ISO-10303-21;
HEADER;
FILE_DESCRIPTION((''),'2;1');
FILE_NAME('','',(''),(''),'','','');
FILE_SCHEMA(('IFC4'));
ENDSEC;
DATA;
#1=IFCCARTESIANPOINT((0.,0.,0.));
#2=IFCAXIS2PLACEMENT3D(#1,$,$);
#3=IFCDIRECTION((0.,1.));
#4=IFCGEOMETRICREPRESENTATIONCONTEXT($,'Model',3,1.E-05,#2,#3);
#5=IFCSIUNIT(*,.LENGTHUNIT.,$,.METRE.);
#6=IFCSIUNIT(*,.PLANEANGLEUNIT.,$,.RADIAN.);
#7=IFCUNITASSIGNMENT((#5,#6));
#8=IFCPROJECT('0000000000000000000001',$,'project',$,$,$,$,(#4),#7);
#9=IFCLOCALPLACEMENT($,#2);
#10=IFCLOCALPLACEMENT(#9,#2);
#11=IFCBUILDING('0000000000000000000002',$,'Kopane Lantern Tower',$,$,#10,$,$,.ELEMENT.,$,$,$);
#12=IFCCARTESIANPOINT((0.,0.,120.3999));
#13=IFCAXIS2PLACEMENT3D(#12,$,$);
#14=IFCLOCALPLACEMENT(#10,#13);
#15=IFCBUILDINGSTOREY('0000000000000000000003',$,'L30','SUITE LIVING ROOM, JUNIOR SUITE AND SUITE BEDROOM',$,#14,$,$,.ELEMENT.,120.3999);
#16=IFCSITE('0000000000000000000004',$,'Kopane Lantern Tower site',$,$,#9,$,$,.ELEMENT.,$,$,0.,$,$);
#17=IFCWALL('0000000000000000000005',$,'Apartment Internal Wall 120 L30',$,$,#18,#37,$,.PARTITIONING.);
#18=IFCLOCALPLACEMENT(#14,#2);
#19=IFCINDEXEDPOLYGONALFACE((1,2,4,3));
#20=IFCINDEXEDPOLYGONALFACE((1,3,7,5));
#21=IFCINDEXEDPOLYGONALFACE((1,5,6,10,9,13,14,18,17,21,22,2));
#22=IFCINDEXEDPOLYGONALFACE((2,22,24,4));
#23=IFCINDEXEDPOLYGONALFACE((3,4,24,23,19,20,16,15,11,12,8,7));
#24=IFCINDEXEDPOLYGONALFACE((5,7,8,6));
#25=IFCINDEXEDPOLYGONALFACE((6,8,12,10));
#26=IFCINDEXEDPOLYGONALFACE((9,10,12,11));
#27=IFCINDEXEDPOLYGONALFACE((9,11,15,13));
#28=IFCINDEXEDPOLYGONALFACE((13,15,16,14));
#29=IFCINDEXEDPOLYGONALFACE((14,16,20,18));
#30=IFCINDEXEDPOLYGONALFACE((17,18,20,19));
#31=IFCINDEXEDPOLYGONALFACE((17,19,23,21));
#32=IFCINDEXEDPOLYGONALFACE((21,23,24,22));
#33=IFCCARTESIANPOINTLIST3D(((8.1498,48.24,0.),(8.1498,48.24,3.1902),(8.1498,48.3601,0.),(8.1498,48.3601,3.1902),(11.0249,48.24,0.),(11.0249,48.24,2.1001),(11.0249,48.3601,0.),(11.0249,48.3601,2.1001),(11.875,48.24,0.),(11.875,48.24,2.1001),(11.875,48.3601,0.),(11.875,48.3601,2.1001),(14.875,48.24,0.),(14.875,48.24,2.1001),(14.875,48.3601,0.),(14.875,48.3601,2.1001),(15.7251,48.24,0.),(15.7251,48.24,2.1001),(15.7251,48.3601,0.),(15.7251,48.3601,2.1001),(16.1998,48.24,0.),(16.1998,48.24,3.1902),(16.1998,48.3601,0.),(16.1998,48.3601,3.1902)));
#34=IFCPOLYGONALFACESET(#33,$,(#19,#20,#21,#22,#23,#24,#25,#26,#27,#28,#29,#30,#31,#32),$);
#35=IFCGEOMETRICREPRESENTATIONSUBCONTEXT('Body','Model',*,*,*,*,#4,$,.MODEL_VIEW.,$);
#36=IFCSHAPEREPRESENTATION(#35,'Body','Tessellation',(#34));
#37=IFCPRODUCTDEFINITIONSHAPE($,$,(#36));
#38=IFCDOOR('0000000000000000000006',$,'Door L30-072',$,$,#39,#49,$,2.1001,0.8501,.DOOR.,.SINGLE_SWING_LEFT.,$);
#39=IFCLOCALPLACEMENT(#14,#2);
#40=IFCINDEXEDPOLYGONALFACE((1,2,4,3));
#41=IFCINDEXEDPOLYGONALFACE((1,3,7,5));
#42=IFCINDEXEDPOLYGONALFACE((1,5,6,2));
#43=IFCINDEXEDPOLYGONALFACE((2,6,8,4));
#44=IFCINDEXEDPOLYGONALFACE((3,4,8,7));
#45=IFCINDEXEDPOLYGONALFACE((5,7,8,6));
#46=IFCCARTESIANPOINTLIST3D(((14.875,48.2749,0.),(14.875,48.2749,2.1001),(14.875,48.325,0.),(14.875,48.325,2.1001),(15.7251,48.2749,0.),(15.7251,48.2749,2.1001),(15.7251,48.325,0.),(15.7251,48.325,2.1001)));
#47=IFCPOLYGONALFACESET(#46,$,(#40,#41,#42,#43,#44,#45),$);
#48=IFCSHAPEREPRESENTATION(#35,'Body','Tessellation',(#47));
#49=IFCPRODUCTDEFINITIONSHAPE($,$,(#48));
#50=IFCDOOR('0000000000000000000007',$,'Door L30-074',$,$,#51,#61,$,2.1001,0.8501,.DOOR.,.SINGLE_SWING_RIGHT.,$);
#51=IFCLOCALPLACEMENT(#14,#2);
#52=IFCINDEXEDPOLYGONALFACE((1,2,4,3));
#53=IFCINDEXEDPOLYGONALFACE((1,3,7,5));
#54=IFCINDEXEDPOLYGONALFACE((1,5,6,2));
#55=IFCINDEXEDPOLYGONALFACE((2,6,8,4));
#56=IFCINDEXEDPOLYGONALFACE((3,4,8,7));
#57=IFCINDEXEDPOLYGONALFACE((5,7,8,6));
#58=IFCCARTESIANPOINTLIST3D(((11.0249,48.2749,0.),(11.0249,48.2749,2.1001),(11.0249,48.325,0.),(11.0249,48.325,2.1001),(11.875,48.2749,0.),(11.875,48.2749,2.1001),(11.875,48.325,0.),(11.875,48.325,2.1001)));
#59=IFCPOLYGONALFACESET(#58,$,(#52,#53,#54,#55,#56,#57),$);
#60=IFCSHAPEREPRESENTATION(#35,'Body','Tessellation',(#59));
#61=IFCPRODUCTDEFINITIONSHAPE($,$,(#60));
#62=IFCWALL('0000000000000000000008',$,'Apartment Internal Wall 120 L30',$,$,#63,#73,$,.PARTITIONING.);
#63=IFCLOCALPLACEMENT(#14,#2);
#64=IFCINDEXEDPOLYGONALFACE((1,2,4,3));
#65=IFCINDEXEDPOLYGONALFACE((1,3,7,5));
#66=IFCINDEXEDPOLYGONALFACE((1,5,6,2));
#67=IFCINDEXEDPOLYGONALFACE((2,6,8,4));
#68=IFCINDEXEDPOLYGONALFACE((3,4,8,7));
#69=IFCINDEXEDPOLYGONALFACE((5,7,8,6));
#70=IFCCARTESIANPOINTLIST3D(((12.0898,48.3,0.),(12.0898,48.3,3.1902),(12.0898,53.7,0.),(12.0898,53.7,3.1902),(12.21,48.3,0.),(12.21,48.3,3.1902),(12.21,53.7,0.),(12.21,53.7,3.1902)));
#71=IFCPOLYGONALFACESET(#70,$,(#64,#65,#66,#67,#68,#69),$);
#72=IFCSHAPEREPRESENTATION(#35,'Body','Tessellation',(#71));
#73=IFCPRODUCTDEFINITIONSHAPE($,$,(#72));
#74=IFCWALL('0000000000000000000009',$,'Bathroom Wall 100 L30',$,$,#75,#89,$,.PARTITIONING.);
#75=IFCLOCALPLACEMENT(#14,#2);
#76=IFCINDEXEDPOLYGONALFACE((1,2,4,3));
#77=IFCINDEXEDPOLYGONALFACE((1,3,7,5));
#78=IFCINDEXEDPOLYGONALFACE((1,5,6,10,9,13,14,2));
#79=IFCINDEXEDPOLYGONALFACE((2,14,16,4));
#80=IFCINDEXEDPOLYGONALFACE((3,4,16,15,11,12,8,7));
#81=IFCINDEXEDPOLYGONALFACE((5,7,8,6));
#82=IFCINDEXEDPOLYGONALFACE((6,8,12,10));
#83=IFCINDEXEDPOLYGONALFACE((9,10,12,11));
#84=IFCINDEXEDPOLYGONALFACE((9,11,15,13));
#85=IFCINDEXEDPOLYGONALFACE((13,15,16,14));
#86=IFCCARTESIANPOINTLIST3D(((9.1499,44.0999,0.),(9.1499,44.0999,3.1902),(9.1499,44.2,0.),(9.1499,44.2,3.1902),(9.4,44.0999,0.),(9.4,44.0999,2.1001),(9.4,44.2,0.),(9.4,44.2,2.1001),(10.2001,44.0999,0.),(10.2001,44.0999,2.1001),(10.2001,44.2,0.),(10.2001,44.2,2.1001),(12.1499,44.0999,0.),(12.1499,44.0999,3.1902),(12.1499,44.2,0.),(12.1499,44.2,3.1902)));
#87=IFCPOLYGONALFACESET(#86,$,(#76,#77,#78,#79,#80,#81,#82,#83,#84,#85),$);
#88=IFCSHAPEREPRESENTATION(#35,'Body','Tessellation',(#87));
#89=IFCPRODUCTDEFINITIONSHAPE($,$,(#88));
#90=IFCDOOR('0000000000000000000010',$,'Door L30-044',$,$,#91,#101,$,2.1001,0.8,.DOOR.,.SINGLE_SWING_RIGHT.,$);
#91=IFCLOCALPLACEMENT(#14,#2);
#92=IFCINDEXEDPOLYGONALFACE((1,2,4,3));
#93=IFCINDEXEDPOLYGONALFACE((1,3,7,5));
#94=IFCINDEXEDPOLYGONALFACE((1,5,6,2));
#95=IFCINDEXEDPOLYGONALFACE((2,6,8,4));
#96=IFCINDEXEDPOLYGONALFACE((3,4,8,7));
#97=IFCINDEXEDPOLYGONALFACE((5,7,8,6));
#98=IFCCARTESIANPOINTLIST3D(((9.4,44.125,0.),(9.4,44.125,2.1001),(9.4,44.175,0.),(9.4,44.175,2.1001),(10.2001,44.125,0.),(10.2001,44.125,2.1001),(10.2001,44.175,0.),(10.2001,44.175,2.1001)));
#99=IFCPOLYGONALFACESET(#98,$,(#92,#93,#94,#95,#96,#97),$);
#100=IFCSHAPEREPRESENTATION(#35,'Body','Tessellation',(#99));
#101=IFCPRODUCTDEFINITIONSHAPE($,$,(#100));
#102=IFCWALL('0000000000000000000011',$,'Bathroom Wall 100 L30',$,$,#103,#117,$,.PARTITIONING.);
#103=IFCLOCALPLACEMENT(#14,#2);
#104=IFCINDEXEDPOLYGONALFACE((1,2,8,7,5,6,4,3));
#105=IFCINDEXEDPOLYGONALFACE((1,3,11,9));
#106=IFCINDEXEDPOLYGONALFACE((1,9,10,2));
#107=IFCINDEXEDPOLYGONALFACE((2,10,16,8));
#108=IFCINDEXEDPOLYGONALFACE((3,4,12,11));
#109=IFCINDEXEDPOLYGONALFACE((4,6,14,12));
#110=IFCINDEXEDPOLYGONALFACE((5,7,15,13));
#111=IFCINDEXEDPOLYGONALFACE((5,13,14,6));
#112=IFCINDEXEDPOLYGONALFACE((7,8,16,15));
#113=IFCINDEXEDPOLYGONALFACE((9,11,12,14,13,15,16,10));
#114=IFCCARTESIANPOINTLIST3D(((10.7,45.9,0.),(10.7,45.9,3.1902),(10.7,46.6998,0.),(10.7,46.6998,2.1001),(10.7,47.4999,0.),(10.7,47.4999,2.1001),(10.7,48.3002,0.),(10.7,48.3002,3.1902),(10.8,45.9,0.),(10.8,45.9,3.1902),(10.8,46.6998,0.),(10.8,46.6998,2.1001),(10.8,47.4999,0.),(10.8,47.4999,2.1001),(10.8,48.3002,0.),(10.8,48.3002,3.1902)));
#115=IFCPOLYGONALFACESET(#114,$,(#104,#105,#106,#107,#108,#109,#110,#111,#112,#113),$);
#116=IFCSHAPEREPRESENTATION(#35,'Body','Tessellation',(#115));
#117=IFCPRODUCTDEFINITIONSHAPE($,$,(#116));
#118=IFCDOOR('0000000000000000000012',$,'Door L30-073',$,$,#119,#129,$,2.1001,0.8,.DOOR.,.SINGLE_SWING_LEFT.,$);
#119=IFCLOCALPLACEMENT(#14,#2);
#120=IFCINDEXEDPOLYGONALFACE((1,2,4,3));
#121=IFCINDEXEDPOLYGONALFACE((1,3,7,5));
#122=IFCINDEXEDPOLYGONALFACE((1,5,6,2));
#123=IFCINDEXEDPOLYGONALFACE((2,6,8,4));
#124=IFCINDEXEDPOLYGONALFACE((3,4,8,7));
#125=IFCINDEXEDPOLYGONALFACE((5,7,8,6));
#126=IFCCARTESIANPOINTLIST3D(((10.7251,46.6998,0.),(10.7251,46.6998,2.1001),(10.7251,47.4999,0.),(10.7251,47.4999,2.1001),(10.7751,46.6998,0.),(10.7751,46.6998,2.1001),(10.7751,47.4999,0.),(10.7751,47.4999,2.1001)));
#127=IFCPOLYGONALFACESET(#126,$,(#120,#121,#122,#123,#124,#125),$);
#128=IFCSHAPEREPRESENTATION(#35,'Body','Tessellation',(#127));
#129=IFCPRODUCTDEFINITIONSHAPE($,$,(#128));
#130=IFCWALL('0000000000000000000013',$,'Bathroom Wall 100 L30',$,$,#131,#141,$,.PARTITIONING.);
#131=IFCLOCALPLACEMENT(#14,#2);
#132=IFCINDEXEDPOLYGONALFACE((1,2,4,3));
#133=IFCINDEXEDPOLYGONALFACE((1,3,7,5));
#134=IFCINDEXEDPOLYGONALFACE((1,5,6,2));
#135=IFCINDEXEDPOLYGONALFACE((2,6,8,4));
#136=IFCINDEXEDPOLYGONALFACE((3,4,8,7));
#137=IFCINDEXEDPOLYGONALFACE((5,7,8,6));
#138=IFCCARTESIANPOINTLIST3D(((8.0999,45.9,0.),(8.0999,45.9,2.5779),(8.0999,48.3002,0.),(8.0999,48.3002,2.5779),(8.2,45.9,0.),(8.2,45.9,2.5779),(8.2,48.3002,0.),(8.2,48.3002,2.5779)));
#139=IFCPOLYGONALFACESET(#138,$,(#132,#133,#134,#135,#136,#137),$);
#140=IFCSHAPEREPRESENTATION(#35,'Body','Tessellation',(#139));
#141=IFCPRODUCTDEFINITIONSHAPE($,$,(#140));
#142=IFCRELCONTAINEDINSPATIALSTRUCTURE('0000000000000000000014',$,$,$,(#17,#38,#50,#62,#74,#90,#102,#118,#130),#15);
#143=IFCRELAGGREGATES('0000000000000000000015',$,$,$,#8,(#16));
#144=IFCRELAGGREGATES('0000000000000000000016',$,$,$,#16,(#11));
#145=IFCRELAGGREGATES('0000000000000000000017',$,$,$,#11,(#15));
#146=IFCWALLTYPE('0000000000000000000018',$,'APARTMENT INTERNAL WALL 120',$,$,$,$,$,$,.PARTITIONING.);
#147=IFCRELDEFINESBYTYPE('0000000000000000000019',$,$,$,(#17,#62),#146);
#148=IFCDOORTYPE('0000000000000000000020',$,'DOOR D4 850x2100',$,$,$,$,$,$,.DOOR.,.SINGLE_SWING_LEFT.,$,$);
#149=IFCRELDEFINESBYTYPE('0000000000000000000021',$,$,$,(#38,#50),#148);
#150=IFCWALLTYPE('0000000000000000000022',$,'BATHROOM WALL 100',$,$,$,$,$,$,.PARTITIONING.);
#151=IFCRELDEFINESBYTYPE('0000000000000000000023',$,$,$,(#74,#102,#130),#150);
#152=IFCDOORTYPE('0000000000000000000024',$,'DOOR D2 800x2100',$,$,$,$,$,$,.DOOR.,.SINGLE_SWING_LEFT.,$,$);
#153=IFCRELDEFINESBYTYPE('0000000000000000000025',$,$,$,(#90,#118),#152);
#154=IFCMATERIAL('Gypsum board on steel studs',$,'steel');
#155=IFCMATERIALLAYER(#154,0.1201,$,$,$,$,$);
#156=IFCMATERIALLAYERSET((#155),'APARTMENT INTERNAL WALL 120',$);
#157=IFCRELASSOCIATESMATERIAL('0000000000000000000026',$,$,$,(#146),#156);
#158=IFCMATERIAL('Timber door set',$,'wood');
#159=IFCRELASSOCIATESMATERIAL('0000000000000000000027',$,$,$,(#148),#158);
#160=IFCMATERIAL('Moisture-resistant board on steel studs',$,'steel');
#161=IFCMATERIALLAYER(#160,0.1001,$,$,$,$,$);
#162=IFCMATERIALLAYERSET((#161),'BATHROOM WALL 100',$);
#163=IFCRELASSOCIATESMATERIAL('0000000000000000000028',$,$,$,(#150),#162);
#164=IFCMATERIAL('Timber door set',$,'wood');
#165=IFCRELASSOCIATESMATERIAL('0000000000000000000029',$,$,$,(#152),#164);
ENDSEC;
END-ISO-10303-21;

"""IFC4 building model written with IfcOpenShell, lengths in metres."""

from ifc_helpers import new_model, si_unit, direction, frame, frame_2d, origin, place, context, subcontext, project, spatial, rectangle, extrude, material, layer, layer_set, type_object, element, fill, save


model = new_model("IFC4")

# Units and contexts
model_context = context("Model", 3, precision=1e-05, world=origin(), true_north=direction((0.0, 1.0)))
body_context = subcontext(model_context, "Body", "Model", "MODEL_VIEW")
ifc_project = project(units=[si_unit("LENGTHUNIT", "METRE"), si_unit("PLANEANGLEUNIT", "RADIAN")], contexts=[model_context])

# Site, building, storey
site_placement = place(None, origin())
site = spatial("IfcSite", under=ifc_project, at=site_placement, Name="Kopane Lantern Tower site", CompositionType="ELEMENT", RefElevation=0.0)
building_placement = place(site_placement, origin())
building = spatial("IfcBuilding", under=site, at=building_placement, Name="Kopane Lantern Tower", CompositionType="ELEMENT")
storey_placement = place(building_placement, frame((0.0, 0.0, 120.3999)))
storey = spatial("IfcBuildingStorey", under=building, at=storey_placement, Name="L30", Description="SUITE LIVING ROOM, JUNIOR SUITE AND SUITE BEDROOM", CompositionType="ELEMENT", Elevation=120.3999)

# Wall, openings, doors
ifc_material_1 = material(Name="Gypsum board on steel studs", Category="steel")
ifc_layer_1 = layer(ifc_material_1, 0.1201)
ifc_layer_set_1 = layer_set([ifc_layer_1], Name="APARTMENT INTERNAL WALL 120")
wall_type_1 = type_object("IfcWallType", Name="APARTMENT INTERNAL WALL 120", PredefinedType="PARTITIONING", material=ifc_layer_set_1)
wall_1_placement = place(storey_placement, frame((8.1499, 48.3, 0.0), z_axis=(0.0, 0.0, 1.0), x_axis=(1.0, 0.0, 0.0)))
wall_1 = element("IfcWall", 1, at=wall_1_placement, inside=storey, type_object=wall_type_1, Name="Apartment Internal Wall 120 L30", PredefinedType="PARTITIONING", context=body_context, shape_type="SweptSolid", body=[
    extrude(rectangle(XDim=8.05, YDim=0.1201, at=frame_2d((4.0249, 0.0))), origin(), (0.0, 0.0, 1.0), 3.1902),
])
opening_1_placement = place(wall_1_placement, frame((6.7251, 0.0, 0.0)))
opening_1 = element("IfcOpeningElement", 2, at=opening_1_placement, cuts=wall_1, PredefinedType="OPENING", context=body_context, shape_type="SweptSolid", body=[
    extrude(rectangle(XDim=0.8501, YDim=2.1001, at=frame_2d((0.425, 1.05))), frame((0.0, 0.0701, 0.0), z_axis=(0.0, -1.0, 0.0), x_axis=(1.0, 0.0, 0.0)), (0.0, 0.0, 1.0), 0.1401),
])
opening_2_placement = place(wall_1_placement, frame((2.875, 0.0, 0.0)))
opening_2 = element("IfcOpeningElement", 3, at=opening_2_placement, cuts=wall_1, PredefinedType="OPENING", context=body_context, shape_type="SweptSolid", body=[
    extrude(rectangle(XDim=0.8501, YDim=2.1001, at=frame_2d((0.425, 1.05))), frame((0.0, 0.0701, 0.0), z_axis=(0.0, -1.0, 0.0), x_axis=(1.0, 0.0, 0.0)), (0.0, 0.0, 1.0), 0.1401),
])
ifc_material_2 = material(Name="Timber door set", Category="wood")
door_type_1 = type_object("IfcDoorType", Name="DOOR D4 850x2100", OperationType="SINGLE_SWING_LEFT", PredefinedType="DOOR", material=ifc_material_2)
door_1_placement = place(opening_1_placement, origin())
door_1 = element("IfcDoor", 4, at=door_1_placement, inside=storey, type_object=door_type_1, Name="Door L30-072", OperationType="SINGLE_SWING_LEFT", OverallHeight=2.1001, OverallWidth=0.8501, PredefinedType="DOOR", context=body_context, shape_type="SweptSolid", body=[
    extrude(rectangle(XDim=0.8501, YDim=2.1001, at=frame_2d((0.425, 1.05))), frame((0.0, 0.0249, 0.0), z_axis=(0.0, -1.0, 0.0), x_axis=(1.0, 0.0, 0.0)), (0.0, 0.0, 1.0), 0.05),
])
fill(opening_1, door_1)
door_2_placement = place(opening_2_placement, origin())
door_2 = element("IfcDoor", 5, at=door_2_placement, inside=storey, type_object=door_type_1, Name="Door L30-074", OperationType="SINGLE_SWING_RIGHT", OverallHeight=2.1001, OverallWidth=0.8501, PredefinedType="DOOR", context=body_context, shape_type="SweptSolid", body=[
    extrude(rectangle(XDim=0.8501, YDim=2.1001, at=frame_2d((0.425, 1.05))), frame((0.0, 0.0249, 0.0), z_axis=(0.0, -1.0, 0.0), x_axis=(1.0, 0.0, 0.0)), (0.0, 0.0, 1.0), 0.05),
])
fill(opening_2, door_2)

# Wall
wall_2_placement = place(storey_placement, frame((12.1499, 48.3, 0.0), z_axis=(0.0, 0.0, 1.0), x_axis=(0.0, 1.0, 0.0)))
element("IfcWall", 6, at=wall_2_placement, inside=storey, type_object=wall_type_1, Name="Apartment Internal Wall 120 L30", PredefinedType="PARTITIONING", context=body_context, shape_type="SweptSolid", body=[
    extrude(rectangle(XDim=5.3999, YDim=0.1201, at=frame_2d((2.7, 0.0))), origin(), (0.0, 0.0, 1.0), 3.1902),
])

# Walls, openings, doors
ifc_material_3 = material(Name="Moisture-resistant board on steel studs", Category="steel")
ifc_layer_2 = layer(ifc_material_3, 0.1001)
ifc_layer_set_2 = layer_set([ifc_layer_2], Name="BATHROOM WALL 100")
wall_type_2 = type_object("IfcWallType", Name="BATHROOM WALL 100", PredefinedType="PARTITIONING", material=ifc_layer_set_2)
wall_3_placement = place(storey_placement, frame((12.1499, 44.1499, 0.0), z_axis=(0.0, 0.0, 1.0), x_axis=(-1.0, 0.0, 0.0)))
wall_3 = element("IfcWall", 7, at=wall_3_placement, inside=storey, type_object=wall_type_2, Name="Bathroom Wall 100 L30", PredefinedType="PARTITIONING", context=body_context, shape_type="SweptSolid", body=[
    extrude(rectangle(XDim=3.0, YDim=0.1001, at=frame_2d((1.5, 0.0))), origin(), (0.0, 0.0, 1.0), 3.1902),
])
opening_3_placement = place(wall_3_placement, frame((1.95, 0.0, 0.0)))
opening_3 = element("IfcOpeningElement", 8, at=opening_3_placement, cuts=wall_3, PredefinedType="OPENING", context=body_context, shape_type="SweptSolid", body=[
    extrude(rectangle(XDim=0.8, YDim=2.1001, at=frame_2d((0.3999, 1.05))), frame((0.0, 0.0601, 0.0), z_axis=(0.0, -1.0, 0.0), x_axis=(1.0, 0.0, 0.0)), (0.0, 0.0, 1.0), 0.1201),
])
ifc_material_4 = material(Name="Timber door set", Category="wood")
door_type_2 = type_object("IfcDoorType", Name="DOOR D2 800x2100", OperationType="SINGLE_SWING_LEFT", PredefinedType="DOOR", material=ifc_material_4)
door_3_placement = place(opening_3_placement, origin())
door_3 = element("IfcDoor", 9, at=door_3_placement, inside=storey, type_object=door_type_2, Name="Door L30-044", OperationType="SINGLE_SWING_RIGHT", OverallHeight=2.1001, OverallWidth=0.8, PredefinedType="DOOR", context=body_context, shape_type="SweptSolid", body=[
    extrude(rectangle(XDim=0.8, YDim=2.1001, at=frame_2d((0.3999, 1.05))), frame((0.0, 0.0249, 0.0), z_axis=(0.0, -1.0, 0.0), x_axis=(1.0, 0.0, 0.0)), (0.0, 0.0, 1.0), 0.05),
])
fill(opening_3, door_3)
wall_4_placement = place(storey_placement, frame((10.75, 45.8999, 0.0), z_axis=(0.0, 0.0, 1.0), x_axis=(0.0, 1.0, 0.0)))
wall_4 = element("IfcWall", 10, at=wall_4_placement, inside=storey, type_object=wall_type_2, Name="Bathroom Wall 100 L30", PredefinedType="PARTITIONING", context=body_context, shape_type="SweptSolid", body=[
    extrude(rectangle(XDim=2.4001, YDim=0.1001, at=frame_2d((1.2002, 0.0))), origin(), (0.0, 0.0, 1.0), 3.1902),
])
opening_4_placement = place(wall_4_placement, frame((0.8, 0.0, 0.0)))
opening_4 = element("IfcOpeningElement", 11, at=opening_4_placement, cuts=wall_4, PredefinedType="OPENING", context=body_context, shape_type="SweptSolid", body=[
    extrude(rectangle(XDim=0.8, YDim=2.1001, at=frame_2d((0.3999, 1.05))), frame((0.0, 0.0601, 0.0), z_axis=(0.0, -1.0, 0.0), x_axis=(1.0, 0.0, 0.0)), (0.0, 0.0, 1.0), 0.1201),
])
door_4_placement = place(opening_4_placement, origin())
door_4 = element("IfcDoor", 12, at=door_4_placement, inside=storey, type_object=door_type_2, Name="Door L30-073", OperationType="SINGLE_SWING_LEFT", OverallHeight=2.1001, OverallWidth=0.8, PredefinedType="DOOR", context=body_context, shape_type="SweptSolid", body=[
    extrude(rectangle(XDim=0.8, YDim=2.1001, at=frame_2d((0.3999, 1.05))), frame((0.0, 0.0249, 0.0), z_axis=(0.0, -1.0, 0.0), x_axis=(1.0, 0.0, 0.0)), (0.0, 0.0, 1.0), 0.05),
])
fill(opening_4, door_4)

# Wall
wall_5_placement = place(storey_placement, frame((8.1499, 45.8999, 0.0), z_axis=(0.0, 0.0, 1.0), x_axis=(0.0, 1.0, 0.0)))
element("IfcWall", 13, at=wall_5_placement, inside=storey, type_object=wall_type_2, Name="Bathroom Wall 100 L30", PredefinedType="PARTITIONING", context=body_context, shape_type="SweptSolid", body=[
    extrude(rectangle(XDim=2.4001, YDim=0.1001, at=frame_2d((1.2002, 0.0))), origin(), (0.0, 0.0, 1.0), 2.5779),
])

save(model, "model.ifc")
